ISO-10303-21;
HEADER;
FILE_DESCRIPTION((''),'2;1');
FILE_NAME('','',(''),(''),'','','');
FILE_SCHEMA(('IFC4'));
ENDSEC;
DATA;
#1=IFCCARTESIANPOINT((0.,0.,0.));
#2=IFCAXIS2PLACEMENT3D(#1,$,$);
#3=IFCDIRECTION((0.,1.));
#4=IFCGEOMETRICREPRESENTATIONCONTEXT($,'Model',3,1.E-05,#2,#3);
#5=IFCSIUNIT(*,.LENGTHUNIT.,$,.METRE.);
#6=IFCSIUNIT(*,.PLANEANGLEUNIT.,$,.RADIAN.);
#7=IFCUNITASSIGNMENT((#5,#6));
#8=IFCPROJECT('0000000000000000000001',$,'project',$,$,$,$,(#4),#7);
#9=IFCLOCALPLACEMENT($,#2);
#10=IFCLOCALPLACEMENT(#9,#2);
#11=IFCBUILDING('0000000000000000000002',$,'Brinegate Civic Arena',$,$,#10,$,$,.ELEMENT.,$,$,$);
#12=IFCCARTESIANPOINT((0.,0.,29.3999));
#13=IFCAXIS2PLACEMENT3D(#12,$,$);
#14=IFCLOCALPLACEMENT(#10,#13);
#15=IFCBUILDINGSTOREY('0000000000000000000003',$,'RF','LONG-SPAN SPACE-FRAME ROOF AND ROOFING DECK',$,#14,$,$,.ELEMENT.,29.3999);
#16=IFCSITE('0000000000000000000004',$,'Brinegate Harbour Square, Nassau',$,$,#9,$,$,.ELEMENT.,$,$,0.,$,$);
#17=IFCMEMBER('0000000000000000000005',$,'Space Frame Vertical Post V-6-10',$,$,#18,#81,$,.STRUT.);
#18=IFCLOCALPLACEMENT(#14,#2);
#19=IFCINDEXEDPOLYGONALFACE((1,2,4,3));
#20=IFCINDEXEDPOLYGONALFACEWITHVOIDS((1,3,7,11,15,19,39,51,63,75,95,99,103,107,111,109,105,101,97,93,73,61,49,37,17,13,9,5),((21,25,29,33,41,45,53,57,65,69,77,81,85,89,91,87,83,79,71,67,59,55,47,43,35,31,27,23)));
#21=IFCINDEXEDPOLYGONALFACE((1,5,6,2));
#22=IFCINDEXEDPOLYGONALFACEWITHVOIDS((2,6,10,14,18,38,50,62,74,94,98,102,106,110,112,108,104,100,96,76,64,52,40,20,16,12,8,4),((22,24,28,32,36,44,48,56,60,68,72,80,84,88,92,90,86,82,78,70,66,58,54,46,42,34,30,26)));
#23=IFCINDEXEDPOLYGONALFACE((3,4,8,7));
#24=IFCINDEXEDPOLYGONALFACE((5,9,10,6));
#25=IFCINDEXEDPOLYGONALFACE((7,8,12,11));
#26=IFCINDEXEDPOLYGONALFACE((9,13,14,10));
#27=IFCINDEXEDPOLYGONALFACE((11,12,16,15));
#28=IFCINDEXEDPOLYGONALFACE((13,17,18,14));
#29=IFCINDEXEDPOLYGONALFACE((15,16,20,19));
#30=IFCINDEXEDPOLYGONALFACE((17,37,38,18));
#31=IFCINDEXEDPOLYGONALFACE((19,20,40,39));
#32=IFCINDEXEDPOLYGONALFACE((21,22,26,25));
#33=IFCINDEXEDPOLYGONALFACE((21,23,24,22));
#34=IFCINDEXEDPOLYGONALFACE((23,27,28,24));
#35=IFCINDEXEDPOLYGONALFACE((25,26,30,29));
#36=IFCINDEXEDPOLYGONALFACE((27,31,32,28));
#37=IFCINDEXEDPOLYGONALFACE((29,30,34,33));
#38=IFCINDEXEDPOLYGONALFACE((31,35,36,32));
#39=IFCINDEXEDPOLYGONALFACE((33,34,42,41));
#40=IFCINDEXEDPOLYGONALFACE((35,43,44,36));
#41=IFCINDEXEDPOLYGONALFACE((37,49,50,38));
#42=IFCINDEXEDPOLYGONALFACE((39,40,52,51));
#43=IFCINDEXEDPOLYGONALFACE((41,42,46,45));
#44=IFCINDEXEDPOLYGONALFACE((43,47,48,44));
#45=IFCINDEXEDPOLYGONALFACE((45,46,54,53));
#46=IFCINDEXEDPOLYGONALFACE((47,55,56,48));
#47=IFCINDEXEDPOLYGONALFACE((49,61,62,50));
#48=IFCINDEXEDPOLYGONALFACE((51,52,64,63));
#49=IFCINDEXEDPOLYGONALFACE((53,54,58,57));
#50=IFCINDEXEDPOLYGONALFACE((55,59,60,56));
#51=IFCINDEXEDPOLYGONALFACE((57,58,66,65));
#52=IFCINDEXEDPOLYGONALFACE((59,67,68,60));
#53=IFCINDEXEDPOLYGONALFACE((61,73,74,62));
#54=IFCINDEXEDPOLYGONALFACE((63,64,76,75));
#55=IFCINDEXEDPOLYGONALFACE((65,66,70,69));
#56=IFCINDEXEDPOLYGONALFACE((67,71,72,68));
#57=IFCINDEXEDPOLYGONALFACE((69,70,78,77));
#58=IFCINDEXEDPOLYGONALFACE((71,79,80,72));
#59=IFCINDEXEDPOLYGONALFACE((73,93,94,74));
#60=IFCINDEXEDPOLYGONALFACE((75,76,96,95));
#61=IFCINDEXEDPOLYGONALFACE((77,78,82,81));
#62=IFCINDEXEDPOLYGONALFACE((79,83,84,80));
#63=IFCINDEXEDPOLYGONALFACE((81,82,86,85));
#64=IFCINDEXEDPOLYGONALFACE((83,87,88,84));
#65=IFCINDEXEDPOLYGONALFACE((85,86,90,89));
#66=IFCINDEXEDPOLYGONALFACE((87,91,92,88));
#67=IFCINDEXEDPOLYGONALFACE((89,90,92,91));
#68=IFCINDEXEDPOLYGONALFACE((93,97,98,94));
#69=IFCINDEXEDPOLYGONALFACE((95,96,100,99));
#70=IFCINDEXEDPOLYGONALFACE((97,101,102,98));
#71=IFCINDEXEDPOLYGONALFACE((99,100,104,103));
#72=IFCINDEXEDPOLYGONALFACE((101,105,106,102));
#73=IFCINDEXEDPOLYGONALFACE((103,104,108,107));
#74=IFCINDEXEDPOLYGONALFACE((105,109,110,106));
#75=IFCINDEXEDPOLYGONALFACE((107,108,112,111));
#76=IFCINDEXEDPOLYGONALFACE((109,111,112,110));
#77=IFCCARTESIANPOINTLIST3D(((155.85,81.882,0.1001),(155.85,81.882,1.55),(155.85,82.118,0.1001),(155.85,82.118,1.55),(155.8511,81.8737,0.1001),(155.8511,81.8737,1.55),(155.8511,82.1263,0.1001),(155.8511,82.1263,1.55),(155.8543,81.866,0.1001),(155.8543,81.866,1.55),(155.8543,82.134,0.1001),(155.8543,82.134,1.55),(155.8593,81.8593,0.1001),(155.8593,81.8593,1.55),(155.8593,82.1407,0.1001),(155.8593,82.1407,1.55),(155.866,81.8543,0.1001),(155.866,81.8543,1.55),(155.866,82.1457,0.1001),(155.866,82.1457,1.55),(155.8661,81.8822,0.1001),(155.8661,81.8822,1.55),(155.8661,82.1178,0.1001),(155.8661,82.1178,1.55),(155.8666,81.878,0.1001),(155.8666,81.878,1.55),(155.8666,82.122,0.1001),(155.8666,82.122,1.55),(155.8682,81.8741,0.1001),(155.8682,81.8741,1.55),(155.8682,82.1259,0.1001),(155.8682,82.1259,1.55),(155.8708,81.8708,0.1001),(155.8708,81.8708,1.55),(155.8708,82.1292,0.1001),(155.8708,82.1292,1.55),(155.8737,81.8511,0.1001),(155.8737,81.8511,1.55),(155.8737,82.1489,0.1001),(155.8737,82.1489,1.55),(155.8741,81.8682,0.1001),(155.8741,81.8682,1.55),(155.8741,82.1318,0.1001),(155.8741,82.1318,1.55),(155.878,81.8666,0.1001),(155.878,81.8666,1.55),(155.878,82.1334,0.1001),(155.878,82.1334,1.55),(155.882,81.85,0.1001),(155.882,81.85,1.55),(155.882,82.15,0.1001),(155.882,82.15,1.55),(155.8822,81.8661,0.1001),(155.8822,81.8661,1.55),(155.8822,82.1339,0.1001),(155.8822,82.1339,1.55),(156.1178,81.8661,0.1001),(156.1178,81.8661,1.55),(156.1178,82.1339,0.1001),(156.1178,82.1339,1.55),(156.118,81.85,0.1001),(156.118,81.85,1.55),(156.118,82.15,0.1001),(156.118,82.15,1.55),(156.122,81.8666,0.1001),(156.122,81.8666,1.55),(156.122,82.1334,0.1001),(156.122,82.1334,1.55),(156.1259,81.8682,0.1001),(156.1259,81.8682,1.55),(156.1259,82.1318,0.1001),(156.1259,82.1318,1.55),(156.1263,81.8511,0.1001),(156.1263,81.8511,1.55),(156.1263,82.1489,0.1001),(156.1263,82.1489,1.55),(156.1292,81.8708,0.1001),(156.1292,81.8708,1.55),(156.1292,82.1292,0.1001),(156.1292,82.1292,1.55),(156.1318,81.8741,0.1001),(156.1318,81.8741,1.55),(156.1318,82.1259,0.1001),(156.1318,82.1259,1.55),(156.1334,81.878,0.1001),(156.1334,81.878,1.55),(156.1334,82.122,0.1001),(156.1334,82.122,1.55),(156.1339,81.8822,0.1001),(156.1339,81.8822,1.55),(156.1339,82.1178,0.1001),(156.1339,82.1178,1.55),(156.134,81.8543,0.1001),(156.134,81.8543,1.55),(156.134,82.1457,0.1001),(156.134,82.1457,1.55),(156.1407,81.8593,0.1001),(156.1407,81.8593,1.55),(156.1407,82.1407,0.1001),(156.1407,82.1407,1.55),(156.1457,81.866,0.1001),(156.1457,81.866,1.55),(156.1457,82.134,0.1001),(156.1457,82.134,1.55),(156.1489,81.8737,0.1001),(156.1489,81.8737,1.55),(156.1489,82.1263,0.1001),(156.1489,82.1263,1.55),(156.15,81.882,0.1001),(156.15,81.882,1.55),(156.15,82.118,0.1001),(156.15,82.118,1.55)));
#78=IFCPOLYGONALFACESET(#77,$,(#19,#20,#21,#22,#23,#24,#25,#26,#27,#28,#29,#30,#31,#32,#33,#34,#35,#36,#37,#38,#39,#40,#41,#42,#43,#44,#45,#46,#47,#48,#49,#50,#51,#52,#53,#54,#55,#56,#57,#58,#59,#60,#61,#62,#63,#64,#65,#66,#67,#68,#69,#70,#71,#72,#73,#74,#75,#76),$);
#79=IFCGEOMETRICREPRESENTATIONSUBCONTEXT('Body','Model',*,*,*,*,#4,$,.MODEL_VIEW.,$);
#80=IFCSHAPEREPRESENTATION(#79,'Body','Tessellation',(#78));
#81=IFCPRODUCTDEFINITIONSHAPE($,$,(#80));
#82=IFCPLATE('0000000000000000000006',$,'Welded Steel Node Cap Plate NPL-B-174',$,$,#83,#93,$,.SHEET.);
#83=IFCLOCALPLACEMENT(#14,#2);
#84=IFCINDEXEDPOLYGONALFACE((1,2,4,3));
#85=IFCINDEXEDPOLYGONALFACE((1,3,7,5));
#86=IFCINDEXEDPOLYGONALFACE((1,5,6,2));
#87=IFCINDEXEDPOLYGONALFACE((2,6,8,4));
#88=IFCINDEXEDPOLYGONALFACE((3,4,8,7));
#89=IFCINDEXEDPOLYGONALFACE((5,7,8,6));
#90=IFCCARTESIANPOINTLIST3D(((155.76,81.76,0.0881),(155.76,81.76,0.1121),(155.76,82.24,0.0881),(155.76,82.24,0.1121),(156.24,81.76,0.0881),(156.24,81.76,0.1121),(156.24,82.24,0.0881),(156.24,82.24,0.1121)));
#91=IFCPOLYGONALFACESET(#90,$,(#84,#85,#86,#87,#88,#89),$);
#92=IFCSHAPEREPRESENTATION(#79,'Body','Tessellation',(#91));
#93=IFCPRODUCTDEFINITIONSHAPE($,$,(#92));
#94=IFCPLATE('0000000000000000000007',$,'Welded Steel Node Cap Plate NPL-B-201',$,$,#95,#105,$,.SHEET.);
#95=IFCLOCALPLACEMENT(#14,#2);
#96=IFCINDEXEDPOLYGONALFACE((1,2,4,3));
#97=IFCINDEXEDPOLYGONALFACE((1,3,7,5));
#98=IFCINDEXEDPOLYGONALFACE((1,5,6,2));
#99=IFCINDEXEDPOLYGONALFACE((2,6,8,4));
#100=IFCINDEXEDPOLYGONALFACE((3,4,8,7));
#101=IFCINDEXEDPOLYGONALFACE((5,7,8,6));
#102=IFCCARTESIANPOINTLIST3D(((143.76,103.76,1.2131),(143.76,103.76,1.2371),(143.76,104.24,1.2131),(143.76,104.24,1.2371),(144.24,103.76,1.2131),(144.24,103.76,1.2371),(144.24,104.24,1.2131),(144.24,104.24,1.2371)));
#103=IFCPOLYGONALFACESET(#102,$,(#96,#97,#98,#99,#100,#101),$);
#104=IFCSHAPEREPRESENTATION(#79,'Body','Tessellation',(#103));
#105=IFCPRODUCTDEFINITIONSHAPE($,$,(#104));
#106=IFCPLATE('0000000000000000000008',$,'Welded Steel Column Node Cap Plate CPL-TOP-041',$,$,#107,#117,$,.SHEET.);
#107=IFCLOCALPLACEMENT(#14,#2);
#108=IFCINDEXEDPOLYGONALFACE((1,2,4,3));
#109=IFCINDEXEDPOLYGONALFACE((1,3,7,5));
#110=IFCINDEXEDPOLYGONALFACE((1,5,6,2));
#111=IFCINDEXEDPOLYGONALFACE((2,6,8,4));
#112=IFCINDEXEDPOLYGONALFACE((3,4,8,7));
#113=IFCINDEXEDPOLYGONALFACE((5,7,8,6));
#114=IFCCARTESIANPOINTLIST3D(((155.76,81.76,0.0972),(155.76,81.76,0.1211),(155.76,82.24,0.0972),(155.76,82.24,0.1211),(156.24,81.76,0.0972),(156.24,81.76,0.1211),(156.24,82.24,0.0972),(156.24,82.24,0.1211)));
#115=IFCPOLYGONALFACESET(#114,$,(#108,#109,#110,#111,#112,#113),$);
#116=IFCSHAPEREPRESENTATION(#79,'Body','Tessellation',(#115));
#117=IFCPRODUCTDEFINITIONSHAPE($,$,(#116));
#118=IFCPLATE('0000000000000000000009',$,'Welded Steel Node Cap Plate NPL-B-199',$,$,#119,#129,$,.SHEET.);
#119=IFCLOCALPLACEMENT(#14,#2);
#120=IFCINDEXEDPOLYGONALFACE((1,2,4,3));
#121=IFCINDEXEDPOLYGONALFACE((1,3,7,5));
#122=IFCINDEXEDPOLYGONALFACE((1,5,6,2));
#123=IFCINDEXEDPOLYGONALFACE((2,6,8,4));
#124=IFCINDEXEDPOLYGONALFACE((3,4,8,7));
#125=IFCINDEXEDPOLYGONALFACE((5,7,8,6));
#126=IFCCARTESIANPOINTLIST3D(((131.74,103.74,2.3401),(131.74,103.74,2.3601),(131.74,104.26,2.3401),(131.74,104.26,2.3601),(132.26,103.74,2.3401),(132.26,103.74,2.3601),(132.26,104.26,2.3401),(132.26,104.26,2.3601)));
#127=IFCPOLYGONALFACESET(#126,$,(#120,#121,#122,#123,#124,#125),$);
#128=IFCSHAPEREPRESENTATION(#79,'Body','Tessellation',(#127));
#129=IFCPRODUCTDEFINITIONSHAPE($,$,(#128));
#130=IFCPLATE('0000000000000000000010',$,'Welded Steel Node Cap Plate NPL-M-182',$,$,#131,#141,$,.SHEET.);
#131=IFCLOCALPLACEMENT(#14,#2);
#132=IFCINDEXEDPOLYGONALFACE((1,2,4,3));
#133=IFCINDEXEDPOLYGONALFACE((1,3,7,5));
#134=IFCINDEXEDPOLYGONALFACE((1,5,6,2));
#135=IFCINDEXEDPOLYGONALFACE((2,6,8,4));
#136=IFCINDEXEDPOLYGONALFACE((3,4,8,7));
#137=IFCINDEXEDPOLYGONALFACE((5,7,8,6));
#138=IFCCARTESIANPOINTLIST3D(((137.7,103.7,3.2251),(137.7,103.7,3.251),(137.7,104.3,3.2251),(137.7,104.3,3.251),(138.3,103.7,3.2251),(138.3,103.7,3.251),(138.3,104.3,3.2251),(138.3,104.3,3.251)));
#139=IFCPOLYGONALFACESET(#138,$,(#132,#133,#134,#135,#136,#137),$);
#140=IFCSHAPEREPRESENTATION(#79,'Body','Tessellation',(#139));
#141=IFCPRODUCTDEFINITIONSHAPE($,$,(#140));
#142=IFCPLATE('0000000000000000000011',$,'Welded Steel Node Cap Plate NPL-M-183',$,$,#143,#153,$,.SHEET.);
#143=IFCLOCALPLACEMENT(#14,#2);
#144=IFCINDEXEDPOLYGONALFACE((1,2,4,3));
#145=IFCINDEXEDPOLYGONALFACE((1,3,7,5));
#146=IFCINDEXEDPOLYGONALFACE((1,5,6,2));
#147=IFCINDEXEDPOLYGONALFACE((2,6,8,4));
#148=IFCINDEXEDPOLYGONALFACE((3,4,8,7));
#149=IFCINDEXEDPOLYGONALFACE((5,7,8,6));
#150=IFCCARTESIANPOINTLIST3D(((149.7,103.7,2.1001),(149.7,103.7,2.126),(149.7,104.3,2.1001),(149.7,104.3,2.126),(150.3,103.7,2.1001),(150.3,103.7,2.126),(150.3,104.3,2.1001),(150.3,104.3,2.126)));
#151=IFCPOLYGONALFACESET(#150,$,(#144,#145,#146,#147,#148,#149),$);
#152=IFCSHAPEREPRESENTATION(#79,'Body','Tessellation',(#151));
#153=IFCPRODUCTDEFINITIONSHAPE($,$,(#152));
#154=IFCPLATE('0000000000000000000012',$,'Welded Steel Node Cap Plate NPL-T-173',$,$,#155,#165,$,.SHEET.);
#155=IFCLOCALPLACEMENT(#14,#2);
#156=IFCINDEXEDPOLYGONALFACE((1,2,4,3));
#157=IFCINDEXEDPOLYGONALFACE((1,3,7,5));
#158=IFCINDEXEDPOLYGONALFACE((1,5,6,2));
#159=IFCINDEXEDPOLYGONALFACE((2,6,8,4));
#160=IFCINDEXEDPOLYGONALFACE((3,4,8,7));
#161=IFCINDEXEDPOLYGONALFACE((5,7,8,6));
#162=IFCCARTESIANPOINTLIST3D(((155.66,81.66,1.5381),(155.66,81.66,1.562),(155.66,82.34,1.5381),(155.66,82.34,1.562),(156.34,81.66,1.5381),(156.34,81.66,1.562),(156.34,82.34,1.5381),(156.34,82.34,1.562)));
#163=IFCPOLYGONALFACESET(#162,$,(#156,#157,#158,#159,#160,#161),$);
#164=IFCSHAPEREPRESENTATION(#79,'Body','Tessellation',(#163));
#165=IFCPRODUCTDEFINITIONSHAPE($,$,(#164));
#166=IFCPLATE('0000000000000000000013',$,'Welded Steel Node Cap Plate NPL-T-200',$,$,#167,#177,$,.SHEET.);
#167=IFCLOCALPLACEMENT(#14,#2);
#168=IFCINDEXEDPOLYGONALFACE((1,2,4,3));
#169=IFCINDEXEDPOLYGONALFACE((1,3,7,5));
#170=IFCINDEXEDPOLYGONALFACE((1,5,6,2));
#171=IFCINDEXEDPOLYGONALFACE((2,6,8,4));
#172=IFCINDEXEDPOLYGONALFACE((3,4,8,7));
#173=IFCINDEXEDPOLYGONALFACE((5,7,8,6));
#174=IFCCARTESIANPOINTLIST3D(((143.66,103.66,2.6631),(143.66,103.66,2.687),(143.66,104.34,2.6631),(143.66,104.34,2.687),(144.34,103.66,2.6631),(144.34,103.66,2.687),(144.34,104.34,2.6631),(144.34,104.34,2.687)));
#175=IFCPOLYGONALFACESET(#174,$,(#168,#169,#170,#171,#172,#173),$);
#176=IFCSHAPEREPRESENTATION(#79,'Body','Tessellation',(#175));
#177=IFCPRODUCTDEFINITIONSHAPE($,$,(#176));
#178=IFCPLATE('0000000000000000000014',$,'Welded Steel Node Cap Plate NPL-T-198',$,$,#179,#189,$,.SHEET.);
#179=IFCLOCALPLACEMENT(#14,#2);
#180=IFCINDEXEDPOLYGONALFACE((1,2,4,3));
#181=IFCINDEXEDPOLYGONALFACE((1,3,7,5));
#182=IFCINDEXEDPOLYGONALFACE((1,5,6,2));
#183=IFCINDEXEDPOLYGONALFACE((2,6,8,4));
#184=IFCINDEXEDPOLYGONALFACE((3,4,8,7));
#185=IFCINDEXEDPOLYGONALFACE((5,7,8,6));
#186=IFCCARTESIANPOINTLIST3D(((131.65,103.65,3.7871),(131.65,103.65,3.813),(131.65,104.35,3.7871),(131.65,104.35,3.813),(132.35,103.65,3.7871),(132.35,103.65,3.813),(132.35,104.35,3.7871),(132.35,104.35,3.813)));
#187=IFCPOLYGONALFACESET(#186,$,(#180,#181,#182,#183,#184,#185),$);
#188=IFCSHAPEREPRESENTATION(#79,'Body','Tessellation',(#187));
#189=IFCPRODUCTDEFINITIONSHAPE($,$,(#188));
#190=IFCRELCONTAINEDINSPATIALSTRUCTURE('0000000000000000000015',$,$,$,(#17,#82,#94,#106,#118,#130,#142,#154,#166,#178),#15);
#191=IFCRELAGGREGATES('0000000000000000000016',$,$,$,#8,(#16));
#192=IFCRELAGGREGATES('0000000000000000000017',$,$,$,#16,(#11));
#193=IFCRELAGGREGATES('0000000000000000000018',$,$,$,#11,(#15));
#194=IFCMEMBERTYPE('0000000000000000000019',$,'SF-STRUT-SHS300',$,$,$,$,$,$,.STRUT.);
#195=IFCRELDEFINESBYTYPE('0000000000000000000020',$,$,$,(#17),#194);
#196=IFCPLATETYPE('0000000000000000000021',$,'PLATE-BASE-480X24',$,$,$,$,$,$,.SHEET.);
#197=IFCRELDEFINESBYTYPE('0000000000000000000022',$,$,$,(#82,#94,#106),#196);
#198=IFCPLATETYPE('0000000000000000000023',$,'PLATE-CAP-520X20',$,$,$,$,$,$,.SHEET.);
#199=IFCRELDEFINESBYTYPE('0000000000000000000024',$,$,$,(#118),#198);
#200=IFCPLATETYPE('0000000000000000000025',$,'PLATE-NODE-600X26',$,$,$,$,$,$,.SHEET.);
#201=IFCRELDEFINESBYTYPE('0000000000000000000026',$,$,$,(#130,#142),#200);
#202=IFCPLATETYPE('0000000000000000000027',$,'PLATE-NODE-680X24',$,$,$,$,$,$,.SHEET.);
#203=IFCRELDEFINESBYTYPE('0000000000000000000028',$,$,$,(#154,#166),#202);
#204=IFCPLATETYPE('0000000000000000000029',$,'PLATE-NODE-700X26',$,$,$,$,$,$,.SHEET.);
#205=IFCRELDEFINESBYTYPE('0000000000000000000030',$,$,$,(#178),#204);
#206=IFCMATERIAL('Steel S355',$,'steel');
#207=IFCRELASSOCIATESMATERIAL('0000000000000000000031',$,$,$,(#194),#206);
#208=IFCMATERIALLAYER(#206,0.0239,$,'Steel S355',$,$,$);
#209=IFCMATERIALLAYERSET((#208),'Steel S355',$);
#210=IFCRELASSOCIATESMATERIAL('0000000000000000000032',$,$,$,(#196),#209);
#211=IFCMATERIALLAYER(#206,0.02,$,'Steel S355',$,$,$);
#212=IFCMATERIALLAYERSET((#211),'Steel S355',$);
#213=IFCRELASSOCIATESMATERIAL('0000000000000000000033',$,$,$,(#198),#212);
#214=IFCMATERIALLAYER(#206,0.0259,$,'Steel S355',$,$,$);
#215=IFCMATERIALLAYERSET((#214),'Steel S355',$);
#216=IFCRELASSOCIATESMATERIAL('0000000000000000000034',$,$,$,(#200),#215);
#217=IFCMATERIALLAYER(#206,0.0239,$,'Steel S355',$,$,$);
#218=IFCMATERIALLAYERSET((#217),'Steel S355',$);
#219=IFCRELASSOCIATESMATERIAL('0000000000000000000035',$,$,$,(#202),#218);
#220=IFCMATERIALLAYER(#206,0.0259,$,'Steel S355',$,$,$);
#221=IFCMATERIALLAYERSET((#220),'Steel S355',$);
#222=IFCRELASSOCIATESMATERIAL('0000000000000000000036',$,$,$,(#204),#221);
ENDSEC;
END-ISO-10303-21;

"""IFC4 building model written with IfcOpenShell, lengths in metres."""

from ifc_helpers import new_model, si_unit, direction, frame, origin, origin_2d, place, context, subcontext, project, spatial, rectangle, hollow_rectangle, extrude, material, layer, layer_set, material_profile, profile_set, type_object, element, save


model = new_model("IFC4")

# Units and contexts
model_context = context("Model", 3, precision=1e-05, world=origin(), true_north=direction((0.0, 1.0)))
body_context = subcontext(model_context, "Body", "Model", "MODEL_VIEW")
ifc_project = project(units=[si_unit("LENGTHUNIT", "METRE"), si_unit("PLANEANGLEUNIT", "RADIAN")], contexts=[model_context])

# Site, building, storey
site_placement = place(None, origin())
site = spatial("IfcSite", under=ifc_project, at=site_placement, Name="Brinegate Harbour Square, Nassau", CompositionType="ELEMENT", RefElevation=0.0)
building_placement = place(site_placement, origin())
building = spatial("IfcBuilding", under=site, at=building_placement, Name="Brinegate Civic Arena", CompositionType="ELEMENT")
storey_placement = place(building_placement, frame((0.0, 0.0, 29.3999)))
storey = spatial("IfcBuildingStorey", under=building, at=storey_placement, Name="RF", Description="LONG-SPAN SPACE-FRAME ROOF AND ROOFING DECK", CompositionType="ELEMENT", Elevation=29.3999)

# Shared definitions
ifc_material_1 = material(Name="Steel S355", Category="steel")

# Member
ifc_material_profile_1 = material_profile(ifc_material_1, hollow_rectangle(XDim=0.3, YDim=0.3, WallThickness=0.0161, InnerFilletRadius=0.0161, OuterFilletRadius=0.032, at=origin_2d()), Name="SHS300X16")
ifc_profile_set_1 = profile_set([ifc_material_profile_1], Name="Steel S355")
member_type_1 = type_object("IfcMemberType", Name="SF-STRUT-SHS300", PredefinedType="STRUT", material=ifc_profile_set_1)
member_1_placement = place(storey_placement, frame((156.0, 82.0, 0.1001), z_axis=(0.0, 0.0, 1.0), x_axis=(1.0, 0.0, 0.0)))
element("IfcMember", 1, at=member_1_placement, inside=storey, type_object=member_type_1, Name="Space Frame Vertical Post V-6-10", PredefinedType="STRUT", context=body_context, shape_type="SweptSolid", body=[
    extrude(hollow_rectangle(XDim=0.3, YDim=0.3, WallThickness=0.0161, InnerFilletRadius=0.0161, OuterFilletRadius=0.032, at=origin_2d()), origin(), (0.0, 0.0, 1.0), 1.45),
])

# Plates
ifc_layer_1 = layer(ifc_material_1, 0.0239, Name="Steel S355")
ifc_layer_set_1 = layer_set([ifc_layer_1], Name="Steel S355")
plate_type_1 = type_object("IfcPlateType", Name="PLATE-BASE-480X24", PredefinedType="SHEET", material=ifc_layer_set_1)
for number, where, z_axis, x_axis, name in (
    (2, (156.0, 82.0, 0.0881), (0.0, 0.0, 1.0), (1.0, 0.0, 0.0), "Welded Steel Node Cap Plate NPL-B-174"),
    (3, (144.0, 104.0, 1.2131), (0.0, 0.0, 1.0), (1.0, 0.0, 0.0), "Welded Steel Node Cap Plate NPL-B-201"),
    (4, (156.0, 82.0, 0.0972), (0.0, 0.0, 1.0), (1.0, 0.0, 0.0), "Welded Steel Column Node Cap Plate CPL-TOP-041"),
):
    element("IfcPlate", number, at=place(storey_placement, frame(where, z_axis=z_axis, x_axis=x_axis)), inside=storey, type_object=plate_type_1, Name=name, PredefinedType="SHEET", context=body_context, shape_type="SweptSolid", body=[
        extrude(rectangle(XDim=0.48, YDim=0.48, at=origin_2d()), origin(), (0.0, 0.0, 1.0), 0.0239),
    ])
ifc_layer_2 = layer(ifc_material_1, 0.02, Name="Steel S355")
ifc_layer_set_2 = layer_set([ifc_layer_2], Name="Steel S355")
plate_type_2 = type_object("IfcPlateType", Name="PLATE-CAP-520X20", PredefinedType="SHEET", material=ifc_layer_set_2)
plate_1_placement = place(storey_placement, frame((132.0, 104.0, 2.3401), z_axis=(0.0, 0.0, 1.0), x_axis=(1.0, 0.0, 0.0)))
element("IfcPlate", 5, at=plate_1_placement, inside=storey, type_object=plate_type_2, Name="Welded Steel Node Cap Plate NPL-B-199", PredefinedType="SHEET", context=body_context, shape_type="SweptSolid", body=[
    extrude(rectangle(XDim=0.52, YDim=0.52, at=origin_2d()), origin(), (0.0, 0.0, 1.0), 0.02),
])
ifc_layer_3 = layer(ifc_material_1, 0.0259, Name="Steel S355")
ifc_layer_set_3 = layer_set([ifc_layer_3], Name="Steel S355")
plate_type_3 = type_object("IfcPlateType", Name="PLATE-NODE-600X26", PredefinedType="SHEET", material=ifc_layer_set_3)
for number, where, z_axis, x_axis, name in (
    (6, (138.0, 104.0, 3.2251), (0.0, 0.0, 1.0), (1.0, 0.0, 0.0), "Welded Steel Node Cap Plate NPL-M-182"),
    (7, (150.0, 104.0, 2.1001), (0.0, 0.0, 1.0), (1.0, 0.0, 0.0), "Welded Steel Node Cap Plate NPL-M-183"),
):
    element("IfcPlate", number, at=place(storey_placement, frame(where, z_axis=z_axis, x_axis=x_axis)), inside=storey, type_object=plate_type_3, Name=name, PredefinedType="SHEET", context=body_context, shape_type="SweptSolid", body=[
        extrude(rectangle(XDim=0.6001, YDim=0.6001, at=origin_2d()), origin(), (0.0, 0.0, 1.0), 0.0259),
    ])
ifc_layer_4 = layer(ifc_material_1, 0.0239, Name="Steel S355")
ifc_layer_set_4 = layer_set([ifc_layer_4], Name="Steel S355")
plate_type_4 = type_object("IfcPlateType", Name="PLATE-NODE-680X24", PredefinedType="SHEET", material=ifc_layer_set_4)
for number, where, z_axis, x_axis, name in (
    (8, (156.0, 82.0, 1.5381), (0.0, 0.0, 1.0), (1.0, 0.0, 0.0), "Welded Steel Node Cap Plate NPL-T-173"),
    (9, (144.0, 104.0, 2.6631), (0.0, 0.0, 1.0), (1.0, 0.0, 0.0), "Welded Steel Node Cap Plate NPL-T-200"),
):
    element("IfcPlate", number, at=place(storey_placement, frame(where, z_axis=z_axis, x_axis=x_axis)), inside=storey, type_object=plate_type_4, Name=name, PredefinedType="SHEET", context=body_context, shape_type="SweptSolid", body=[
        extrude(rectangle(XDim=0.6799, YDim=0.6799, at=origin_2d()), origin(), (0.0, 0.0, 1.0), 0.0239),
    ])
ifc_layer_5 = layer(ifc_material_1, 0.0259, Name="Steel S355")
ifc_layer_set_5 = layer_set([ifc_layer_5], Name="Steel S355")
plate_type_5 = type_object("IfcPlateType", Name="PLATE-NODE-700X26", PredefinedType="SHEET", material=ifc_layer_set_5)
plate_2_placement = place(storey_placement, frame((132.0, 104.0, 3.7871), z_axis=(0.0, 0.0, 1.0), x_axis=(1.0, 0.0, 0.0)))
element("IfcPlate", 10, at=plate_2_placement, inside=storey, type_object=plate_type_5, Name="Welded Steel Node Cap Plate NPL-T-198", PredefinedType="SHEET", context=body_context, shape_type="SweptSolid", body=[
    extrude(rectangle(XDim=0.7, YDim=0.7, at=origin_2d()), origin(), (0.0, 0.0, 1.0), 0.0259),
])

save(model, "model.ifc")
